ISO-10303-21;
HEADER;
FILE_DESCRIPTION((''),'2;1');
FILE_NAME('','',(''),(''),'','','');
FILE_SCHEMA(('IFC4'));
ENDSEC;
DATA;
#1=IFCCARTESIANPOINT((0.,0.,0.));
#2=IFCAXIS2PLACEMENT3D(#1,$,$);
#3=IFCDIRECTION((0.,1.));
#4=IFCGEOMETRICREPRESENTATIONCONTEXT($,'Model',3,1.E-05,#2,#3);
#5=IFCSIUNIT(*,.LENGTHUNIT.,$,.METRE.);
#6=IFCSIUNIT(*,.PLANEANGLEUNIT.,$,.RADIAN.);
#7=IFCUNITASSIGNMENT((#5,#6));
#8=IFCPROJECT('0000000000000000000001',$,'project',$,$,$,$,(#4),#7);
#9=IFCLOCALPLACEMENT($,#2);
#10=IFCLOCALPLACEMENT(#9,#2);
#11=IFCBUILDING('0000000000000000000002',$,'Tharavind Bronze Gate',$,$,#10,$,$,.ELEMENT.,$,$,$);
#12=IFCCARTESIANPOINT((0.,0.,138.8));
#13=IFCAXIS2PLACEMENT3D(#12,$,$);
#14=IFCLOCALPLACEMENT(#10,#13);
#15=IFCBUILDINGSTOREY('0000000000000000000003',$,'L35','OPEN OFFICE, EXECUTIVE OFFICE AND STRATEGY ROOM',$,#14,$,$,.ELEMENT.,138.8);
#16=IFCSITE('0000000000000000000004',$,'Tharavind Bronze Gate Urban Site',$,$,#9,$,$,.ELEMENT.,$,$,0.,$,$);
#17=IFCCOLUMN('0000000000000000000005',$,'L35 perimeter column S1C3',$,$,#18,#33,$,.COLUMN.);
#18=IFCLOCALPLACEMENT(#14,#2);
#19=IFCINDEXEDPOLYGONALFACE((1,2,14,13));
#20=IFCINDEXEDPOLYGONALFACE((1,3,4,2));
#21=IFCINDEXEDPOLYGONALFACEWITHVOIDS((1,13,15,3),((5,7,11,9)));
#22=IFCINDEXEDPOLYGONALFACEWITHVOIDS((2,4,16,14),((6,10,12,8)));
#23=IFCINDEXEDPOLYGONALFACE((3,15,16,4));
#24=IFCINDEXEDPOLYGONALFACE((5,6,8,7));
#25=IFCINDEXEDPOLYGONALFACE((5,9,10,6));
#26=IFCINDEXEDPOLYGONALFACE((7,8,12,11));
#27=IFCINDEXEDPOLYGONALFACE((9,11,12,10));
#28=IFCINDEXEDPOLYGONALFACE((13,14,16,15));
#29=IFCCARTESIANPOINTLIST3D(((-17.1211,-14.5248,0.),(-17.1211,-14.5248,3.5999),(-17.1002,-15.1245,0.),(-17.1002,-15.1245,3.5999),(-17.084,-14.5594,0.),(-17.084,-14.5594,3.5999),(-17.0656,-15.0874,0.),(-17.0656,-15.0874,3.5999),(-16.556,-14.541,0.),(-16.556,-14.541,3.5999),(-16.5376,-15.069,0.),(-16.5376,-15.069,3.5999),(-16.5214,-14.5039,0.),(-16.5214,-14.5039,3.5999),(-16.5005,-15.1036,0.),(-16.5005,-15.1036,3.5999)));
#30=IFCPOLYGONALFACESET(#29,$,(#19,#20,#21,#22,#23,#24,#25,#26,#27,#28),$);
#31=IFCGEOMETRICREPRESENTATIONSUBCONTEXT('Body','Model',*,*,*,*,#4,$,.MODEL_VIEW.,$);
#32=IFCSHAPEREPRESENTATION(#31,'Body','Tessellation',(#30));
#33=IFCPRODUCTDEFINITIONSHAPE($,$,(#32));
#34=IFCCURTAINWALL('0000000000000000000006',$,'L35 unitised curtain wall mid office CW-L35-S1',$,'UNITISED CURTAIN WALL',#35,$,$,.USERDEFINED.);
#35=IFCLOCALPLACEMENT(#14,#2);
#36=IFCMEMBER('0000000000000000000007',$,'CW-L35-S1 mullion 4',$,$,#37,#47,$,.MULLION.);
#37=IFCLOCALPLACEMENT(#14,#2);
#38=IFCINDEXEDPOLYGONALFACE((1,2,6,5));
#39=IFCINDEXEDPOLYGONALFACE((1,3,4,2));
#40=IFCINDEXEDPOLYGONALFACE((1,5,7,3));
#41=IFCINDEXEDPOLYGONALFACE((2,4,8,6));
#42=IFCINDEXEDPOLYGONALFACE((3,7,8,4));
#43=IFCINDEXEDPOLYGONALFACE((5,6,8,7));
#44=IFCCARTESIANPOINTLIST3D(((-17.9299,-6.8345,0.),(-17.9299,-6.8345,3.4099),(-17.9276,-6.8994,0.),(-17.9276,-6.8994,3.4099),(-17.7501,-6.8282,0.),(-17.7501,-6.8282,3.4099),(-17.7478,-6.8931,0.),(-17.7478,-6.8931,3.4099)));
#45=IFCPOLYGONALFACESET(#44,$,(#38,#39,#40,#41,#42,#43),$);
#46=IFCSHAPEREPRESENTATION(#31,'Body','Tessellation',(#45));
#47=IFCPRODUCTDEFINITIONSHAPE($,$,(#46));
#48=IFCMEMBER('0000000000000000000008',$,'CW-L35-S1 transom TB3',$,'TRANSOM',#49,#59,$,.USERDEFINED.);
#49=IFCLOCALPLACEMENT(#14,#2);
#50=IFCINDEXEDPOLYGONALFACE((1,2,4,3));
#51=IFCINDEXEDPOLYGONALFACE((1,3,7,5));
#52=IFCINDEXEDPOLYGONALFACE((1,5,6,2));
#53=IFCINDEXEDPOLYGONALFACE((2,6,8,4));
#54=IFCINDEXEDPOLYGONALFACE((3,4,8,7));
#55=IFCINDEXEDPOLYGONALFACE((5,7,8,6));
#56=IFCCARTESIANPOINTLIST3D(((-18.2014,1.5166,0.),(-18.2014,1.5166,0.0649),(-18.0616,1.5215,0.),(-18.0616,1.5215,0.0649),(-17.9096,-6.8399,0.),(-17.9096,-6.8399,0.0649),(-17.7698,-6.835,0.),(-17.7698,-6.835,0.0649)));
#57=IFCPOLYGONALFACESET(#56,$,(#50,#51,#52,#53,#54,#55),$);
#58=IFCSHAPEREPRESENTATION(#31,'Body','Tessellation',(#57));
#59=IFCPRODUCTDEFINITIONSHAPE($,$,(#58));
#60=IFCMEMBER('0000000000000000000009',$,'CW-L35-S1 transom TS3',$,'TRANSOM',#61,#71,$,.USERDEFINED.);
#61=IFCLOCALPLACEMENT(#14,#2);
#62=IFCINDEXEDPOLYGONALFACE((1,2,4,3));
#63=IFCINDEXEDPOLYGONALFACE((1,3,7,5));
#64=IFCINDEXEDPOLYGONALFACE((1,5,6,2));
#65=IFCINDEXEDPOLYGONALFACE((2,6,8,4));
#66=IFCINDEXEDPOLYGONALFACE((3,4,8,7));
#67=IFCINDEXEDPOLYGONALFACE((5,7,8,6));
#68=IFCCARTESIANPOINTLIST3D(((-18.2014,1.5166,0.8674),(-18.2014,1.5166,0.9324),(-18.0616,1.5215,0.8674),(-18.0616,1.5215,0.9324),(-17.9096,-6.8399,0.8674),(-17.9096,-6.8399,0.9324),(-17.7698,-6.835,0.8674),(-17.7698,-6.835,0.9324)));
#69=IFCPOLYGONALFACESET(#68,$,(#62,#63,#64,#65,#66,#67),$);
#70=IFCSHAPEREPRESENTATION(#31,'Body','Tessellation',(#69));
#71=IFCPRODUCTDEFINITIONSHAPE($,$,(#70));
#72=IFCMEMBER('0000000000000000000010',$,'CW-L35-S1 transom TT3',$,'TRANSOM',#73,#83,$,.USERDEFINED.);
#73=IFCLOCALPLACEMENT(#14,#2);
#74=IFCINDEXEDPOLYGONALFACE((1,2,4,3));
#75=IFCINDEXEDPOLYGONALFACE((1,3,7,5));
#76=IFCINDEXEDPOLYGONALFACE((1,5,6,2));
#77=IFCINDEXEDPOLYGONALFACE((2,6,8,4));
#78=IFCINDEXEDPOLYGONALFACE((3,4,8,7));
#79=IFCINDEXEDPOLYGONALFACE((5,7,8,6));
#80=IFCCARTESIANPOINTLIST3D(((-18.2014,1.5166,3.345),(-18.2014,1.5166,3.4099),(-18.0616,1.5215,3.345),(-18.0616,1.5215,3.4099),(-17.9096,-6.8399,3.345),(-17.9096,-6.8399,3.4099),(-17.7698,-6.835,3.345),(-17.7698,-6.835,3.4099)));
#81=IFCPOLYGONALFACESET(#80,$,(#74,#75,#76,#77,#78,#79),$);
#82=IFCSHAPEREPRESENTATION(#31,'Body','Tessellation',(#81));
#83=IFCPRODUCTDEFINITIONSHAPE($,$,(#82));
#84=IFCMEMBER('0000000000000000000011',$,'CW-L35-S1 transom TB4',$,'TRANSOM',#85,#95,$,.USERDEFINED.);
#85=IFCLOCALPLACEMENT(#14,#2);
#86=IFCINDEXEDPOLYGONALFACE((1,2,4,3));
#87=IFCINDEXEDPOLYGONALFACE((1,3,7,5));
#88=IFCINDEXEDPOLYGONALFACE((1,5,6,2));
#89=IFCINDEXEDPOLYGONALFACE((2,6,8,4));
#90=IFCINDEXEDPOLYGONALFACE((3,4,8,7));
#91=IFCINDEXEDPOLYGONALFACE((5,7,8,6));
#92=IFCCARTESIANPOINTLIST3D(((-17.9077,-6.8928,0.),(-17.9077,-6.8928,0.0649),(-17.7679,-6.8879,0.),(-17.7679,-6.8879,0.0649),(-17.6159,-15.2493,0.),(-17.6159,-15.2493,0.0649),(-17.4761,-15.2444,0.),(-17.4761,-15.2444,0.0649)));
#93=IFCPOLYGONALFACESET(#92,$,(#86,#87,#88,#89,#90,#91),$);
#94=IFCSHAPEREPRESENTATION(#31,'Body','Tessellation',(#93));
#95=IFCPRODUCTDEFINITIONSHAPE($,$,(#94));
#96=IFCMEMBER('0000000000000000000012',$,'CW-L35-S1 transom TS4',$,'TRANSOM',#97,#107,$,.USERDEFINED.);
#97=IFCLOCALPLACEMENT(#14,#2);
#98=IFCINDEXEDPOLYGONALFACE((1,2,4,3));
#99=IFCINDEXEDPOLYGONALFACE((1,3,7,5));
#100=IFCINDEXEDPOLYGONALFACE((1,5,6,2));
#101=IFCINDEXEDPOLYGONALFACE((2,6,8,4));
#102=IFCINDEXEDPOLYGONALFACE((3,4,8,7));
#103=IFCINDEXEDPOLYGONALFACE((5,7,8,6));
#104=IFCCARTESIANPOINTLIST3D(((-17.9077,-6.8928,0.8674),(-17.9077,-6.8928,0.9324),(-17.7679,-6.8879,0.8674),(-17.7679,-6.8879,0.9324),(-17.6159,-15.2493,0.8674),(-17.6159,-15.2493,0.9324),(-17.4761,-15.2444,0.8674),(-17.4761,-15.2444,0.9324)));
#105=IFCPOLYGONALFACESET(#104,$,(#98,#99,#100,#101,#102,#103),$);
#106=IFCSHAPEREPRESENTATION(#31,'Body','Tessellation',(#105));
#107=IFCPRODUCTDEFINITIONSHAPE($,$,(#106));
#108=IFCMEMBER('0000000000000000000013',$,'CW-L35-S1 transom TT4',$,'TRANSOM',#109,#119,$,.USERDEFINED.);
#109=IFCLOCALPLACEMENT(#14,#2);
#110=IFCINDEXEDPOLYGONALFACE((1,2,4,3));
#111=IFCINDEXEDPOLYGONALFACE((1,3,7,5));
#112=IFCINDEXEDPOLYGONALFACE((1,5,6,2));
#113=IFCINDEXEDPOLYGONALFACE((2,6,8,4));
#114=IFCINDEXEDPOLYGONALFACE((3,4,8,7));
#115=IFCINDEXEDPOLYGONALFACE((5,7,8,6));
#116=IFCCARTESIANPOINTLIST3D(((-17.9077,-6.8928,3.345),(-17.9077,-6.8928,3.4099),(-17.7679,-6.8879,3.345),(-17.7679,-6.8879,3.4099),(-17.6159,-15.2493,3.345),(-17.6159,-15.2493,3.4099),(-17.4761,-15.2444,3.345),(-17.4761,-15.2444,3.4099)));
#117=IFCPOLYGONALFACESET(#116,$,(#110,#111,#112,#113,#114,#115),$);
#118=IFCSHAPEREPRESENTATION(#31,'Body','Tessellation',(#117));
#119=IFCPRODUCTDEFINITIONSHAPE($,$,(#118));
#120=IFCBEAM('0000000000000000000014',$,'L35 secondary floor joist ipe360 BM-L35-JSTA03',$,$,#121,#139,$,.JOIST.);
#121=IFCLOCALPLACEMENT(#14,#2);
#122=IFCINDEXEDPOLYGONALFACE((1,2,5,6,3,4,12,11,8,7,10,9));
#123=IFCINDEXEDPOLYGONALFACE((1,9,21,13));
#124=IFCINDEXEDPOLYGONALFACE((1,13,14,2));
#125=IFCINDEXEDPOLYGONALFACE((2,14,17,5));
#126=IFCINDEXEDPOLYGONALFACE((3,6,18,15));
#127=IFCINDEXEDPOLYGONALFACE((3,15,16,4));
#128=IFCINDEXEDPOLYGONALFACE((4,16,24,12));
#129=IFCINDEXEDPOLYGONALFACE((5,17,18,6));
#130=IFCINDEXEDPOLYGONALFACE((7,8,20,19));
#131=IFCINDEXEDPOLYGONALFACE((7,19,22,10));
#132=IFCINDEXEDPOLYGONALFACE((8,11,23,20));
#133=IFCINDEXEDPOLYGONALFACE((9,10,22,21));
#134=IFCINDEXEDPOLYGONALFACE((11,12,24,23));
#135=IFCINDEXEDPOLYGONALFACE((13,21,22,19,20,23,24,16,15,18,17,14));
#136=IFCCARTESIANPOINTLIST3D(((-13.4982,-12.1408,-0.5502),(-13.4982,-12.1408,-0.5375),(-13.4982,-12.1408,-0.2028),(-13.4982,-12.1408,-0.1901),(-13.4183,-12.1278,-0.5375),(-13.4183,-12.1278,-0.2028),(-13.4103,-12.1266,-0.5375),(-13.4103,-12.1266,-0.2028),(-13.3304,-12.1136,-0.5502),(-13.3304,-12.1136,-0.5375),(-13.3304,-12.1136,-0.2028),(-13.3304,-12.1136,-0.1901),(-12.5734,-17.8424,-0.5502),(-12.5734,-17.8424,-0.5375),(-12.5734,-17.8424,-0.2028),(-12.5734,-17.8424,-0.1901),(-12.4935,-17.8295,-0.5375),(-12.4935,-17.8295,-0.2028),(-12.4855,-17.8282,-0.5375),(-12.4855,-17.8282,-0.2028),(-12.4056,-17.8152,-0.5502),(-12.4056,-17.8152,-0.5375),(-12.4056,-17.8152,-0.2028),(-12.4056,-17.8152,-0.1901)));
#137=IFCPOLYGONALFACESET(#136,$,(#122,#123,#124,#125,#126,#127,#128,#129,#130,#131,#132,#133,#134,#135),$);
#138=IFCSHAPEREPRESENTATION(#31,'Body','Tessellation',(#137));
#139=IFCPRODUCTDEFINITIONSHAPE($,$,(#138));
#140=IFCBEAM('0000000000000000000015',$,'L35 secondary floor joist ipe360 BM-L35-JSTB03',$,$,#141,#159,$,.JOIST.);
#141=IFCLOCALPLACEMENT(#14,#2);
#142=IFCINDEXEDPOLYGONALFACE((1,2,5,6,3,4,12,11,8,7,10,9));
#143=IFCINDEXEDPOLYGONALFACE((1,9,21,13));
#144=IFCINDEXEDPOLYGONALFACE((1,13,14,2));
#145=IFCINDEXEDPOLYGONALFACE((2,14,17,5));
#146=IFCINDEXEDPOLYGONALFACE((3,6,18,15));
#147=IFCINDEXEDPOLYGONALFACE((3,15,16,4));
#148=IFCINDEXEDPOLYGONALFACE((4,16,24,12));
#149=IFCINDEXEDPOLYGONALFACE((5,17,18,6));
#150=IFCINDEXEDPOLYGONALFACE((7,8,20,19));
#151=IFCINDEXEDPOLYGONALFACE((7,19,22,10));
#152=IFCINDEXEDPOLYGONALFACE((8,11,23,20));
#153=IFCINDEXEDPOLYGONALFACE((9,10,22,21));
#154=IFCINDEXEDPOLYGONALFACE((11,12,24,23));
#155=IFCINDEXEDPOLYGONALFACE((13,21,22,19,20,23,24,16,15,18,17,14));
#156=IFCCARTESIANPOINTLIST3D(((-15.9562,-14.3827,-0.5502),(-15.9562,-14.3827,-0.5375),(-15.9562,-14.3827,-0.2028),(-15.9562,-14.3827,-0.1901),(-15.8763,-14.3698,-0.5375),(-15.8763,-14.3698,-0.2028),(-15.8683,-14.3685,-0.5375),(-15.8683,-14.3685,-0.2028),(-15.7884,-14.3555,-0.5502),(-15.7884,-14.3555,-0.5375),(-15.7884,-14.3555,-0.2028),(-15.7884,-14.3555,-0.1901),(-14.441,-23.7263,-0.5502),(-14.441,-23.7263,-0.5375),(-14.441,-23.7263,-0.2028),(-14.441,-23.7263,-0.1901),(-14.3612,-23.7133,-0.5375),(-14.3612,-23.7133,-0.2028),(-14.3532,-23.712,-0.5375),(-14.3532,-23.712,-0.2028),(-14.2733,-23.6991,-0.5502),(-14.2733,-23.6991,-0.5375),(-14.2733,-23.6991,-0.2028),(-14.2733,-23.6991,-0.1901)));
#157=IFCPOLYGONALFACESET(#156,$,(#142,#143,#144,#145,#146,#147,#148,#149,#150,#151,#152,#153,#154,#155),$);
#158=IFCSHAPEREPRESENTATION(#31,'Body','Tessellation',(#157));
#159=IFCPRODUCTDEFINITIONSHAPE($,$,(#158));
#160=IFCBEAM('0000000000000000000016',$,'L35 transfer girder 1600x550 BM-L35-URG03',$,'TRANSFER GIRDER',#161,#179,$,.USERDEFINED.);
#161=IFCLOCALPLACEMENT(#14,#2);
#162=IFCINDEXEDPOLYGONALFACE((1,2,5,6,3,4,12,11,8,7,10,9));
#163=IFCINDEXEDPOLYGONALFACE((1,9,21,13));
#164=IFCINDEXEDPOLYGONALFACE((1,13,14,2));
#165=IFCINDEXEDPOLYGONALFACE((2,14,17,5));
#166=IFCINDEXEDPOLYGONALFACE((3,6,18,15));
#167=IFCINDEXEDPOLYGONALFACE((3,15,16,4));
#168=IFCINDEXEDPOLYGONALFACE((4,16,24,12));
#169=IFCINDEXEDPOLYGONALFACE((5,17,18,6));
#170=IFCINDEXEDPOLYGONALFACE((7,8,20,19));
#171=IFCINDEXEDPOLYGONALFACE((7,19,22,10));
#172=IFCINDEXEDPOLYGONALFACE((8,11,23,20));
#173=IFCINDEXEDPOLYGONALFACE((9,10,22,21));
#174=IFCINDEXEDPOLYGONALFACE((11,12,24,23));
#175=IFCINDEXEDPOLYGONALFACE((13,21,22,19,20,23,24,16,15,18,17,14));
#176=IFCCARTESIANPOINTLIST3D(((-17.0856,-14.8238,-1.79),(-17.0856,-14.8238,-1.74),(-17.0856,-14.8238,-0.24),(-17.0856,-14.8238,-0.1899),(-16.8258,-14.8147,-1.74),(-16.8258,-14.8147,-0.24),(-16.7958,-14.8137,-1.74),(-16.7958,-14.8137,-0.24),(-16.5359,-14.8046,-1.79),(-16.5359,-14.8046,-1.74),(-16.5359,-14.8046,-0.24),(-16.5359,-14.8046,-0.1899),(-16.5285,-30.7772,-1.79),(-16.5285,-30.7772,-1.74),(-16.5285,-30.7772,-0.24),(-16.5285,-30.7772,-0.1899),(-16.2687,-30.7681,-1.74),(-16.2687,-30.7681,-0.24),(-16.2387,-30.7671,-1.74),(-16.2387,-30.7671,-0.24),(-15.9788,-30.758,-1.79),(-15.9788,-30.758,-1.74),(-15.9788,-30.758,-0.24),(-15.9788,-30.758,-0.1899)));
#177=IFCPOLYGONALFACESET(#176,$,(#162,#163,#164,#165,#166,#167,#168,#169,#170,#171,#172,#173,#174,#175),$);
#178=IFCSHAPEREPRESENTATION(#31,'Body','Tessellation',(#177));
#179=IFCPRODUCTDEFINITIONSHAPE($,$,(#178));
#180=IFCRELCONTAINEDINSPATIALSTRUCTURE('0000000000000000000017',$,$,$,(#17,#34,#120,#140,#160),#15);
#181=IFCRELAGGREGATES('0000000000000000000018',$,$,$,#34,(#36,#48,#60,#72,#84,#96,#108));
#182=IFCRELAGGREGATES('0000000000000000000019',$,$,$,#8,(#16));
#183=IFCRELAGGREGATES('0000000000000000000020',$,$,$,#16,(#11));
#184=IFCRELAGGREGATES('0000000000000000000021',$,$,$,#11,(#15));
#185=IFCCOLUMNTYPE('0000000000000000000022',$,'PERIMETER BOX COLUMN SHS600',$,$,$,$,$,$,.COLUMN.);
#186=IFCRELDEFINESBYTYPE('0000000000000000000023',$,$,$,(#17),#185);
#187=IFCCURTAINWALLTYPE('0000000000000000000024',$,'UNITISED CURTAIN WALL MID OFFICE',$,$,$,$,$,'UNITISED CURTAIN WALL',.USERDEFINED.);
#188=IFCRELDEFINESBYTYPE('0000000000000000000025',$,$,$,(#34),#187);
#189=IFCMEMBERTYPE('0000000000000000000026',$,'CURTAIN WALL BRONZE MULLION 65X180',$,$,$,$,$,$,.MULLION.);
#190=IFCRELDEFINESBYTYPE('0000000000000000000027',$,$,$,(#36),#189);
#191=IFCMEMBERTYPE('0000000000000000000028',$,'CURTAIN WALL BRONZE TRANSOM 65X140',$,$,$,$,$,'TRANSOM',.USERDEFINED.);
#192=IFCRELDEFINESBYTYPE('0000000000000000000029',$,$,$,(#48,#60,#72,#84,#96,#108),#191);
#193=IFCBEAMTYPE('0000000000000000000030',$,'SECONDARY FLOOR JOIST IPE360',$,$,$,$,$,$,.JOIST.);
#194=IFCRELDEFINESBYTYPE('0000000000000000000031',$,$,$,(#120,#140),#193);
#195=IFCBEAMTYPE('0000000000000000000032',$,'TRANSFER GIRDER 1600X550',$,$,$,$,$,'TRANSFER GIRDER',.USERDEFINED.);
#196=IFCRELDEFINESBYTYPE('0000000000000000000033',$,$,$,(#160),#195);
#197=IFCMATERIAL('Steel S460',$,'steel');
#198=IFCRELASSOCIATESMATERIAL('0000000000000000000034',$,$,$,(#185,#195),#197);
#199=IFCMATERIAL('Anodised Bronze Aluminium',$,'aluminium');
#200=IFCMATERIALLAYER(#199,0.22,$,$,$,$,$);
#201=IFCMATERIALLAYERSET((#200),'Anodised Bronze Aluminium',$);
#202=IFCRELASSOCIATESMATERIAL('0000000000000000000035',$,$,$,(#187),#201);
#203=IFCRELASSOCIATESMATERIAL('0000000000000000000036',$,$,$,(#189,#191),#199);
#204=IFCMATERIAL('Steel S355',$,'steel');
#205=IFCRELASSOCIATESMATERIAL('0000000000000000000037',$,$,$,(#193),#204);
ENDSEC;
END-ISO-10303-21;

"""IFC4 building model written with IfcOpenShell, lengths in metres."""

from ifc_helpers import new_model, si_unit, direction, frame, origin, origin_2d, place, context, subcontext, project, spatial, rectangle, hollow_rectangle, i_section, extrude, material, layer, layer_set, material_profile, profile_set, type_object, element, aggregate, save


model = new_model("IFC4")

# Units and contexts
model_context = context("Model", 3, precision=1e-05, world=origin(), true_north=direction((0.0, 1.0)))
body_context = subcontext(model_context, "Body", "Model", "MODEL_VIEW")
ifc_project = project(units=[si_unit("LENGTHUNIT", "METRE"), si_unit("PLANEANGLEUNIT", "RADIAN")], contexts=[model_context])

# Site, building, storey
site_placement = place(None, origin())
site = spatial("IfcSite", under=ifc_project, at=site_placement, Name="Tharavind Bronze Gate Urban Site", CompositionType="ELEMENT", RefElevation=0.0)
building_placement = place(site_placement, origin())
building = spatial("IfcBuilding", under=site, at=building_placement, Name="Tharavind Bronze Gate", CompositionType="ELEMENT")
storey_placement = place(building_placement, frame((0.0, 0.0, 138.8)))
storey = spatial("IfcBuildingStorey", under=building, at=storey_placement, Name="L35", Description="OPEN OFFICE, EXECUTIVE OFFICE AND STRATEGY ROOM", CompositionType="ELEMENT", Elevation=138.8)

# Column
ifc_material_1 = material(Name="Steel S460", Category="steel")
ifc_material_profile_1 = material_profile(ifc_material_1, hollow_rectangle(XDim=0.6001, YDim=0.6001, WallThickness=0.0359, at=origin_2d()), Name="SHS600X36")
ifc_profile_set_1 = profile_set([ifc_material_profile_1], Name="Steel S460")
column_type = type_object("IfcColumnType", Name="PERIMETER BOX COLUMN SHS600", PredefinedType="COLUMN", material=ifc_profile_set_1)
column_placement = place(storey_placement, frame((-16.8108, -14.8142, 0.0), z_axis=(0.0, 0.0, 1.0), x_axis=(-0.034899, 0.999391, 0.0)))
element("IfcColumn", 1, at=column_placement, inside=storey, type_object=column_type, Name="L35 perimeter column S1C3", PredefinedType="COLUMN", context=body_context, shape_type="SweptSolid", body=[
    extrude(hollow_rectangle(XDim=0.6001, YDim=0.6001, WallThickness=0.0359, at=origin_2d()), origin(), (0.0, 0.0, 1.0), 3.5999),
])

# Curtain wall, members
ifc_material_2 = material(Name="Anodised Bronze Aluminium", Category="aluminium")
ifc_layer_1 = layer(ifc_material_2, 0.22)
ifc_layer_set_1 = layer_set([ifc_layer_1], Name="Anodised Bronze Aluminium")
curtain_wall_type = type_object("IfcCurtainWallType", Name="UNITISED CURTAIN WALL MID OFFICE", ElementType="UNITISED CURTAIN WALL", PredefinedType="USERDEFINED", material=ifc_layer_set_1)
curtain_wall_placement = place(storey_placement, origin())
curtain_wall = element("IfcCurtainWall", 2, at=curtain_wall_placement, inside=storey, type_object=curtain_wall_type, Name="L35 unitised curtain wall mid office CW-L35-S1", ObjectType="UNITISED CURTAIN WALL", PredefinedType="USERDEFINED")
member_type_1 = type_object("IfcMemberType", Name="CURTAIN WALL BRONZE MULLION 65X180", PredefinedType="MULLION", material=ifc_material_2)
member_1_placement = place(storey_placement, frame((-17.8389, -6.8638, 0.0), z_axis=(0.0, 0.0, 1.0), x_axis=(0.034899, -0.999391, 0.0)))
member_1 = element("IfcMember", 3, at=member_1_placement, type_object=member_type_1, Name="CW-L35-S1 mullion 4", PredefinedType="MULLION", context=body_context, shape_type="SweptSolid", body=[
    extrude(rectangle(XDim=0.0649, YDim=0.1799, at=origin_2d()), origin(), (0.0, 0.0, 1.0), 3.4099),
])
member_type_2 = type_object("IfcMemberType", Name="CURTAIN WALL BRONZE TRANSOM 65X140", ElementType="TRANSOM", PredefinedType="USERDEFINED", material=ifc_material_2)
member_2_placement = place(storey_placement, frame((-17.9856, -2.6592, 0.0), z_axis=(0.0, 0.0, 1.0), x_axis=(0.034899, -0.999391, 0.0)))
member_2 = element("IfcMember", 4, at=member_2_placement, type_object=member_type_2, Name="CW-L35-S1 transom TB3", ObjectType="TRANSOM", PredefinedType="USERDEFINED", context=body_context, shape_type="SweptSolid", body=[
    extrude(rectangle(XDim=8.3616, YDim=0.1399, at=origin_2d()), origin(), (0.0, 0.0, 1.0), 0.0649),
])
member_3_placement = place(storey_placement, frame((-17.9856, -2.6592, 0.8674), z_axis=(0.0, 0.0, 1.0), x_axis=(0.034899, -0.999391, 0.0)))
member_3 = element("IfcMember", 5, at=member_3_placement, type_object=member_type_2, Name="CW-L35-S1 transom TS3", ObjectType="TRANSOM", PredefinedType="USERDEFINED", context=body_context, shape_type="SweptSolid", body=[
    extrude(rectangle(XDim=8.3616, YDim=0.1399, at=origin_2d()), origin(), (0.0, 0.0, 1.0), 0.0649),
])
member_4_placement = place(storey_placement, frame((-17.9856, -2.6592, 3.345), z_axis=(0.0, 0.0, 1.0), x_axis=(0.034899, -0.999391, 0.0)))
member_4 = element("IfcMember", 6, at=member_4_placement, type_object=member_type_2, Name="CW-L35-S1 transom TT3", ObjectType="TRANSOM", PredefinedType="USERDEFINED", context=body_context, shape_type="SweptSolid", body=[
    extrude(rectangle(XDim=8.3616, YDim=0.1399, at=origin_2d()), origin(), (0.0, 0.0, 1.0), 0.0649),
])
member_5_placement = place(storey_placement, frame((-17.6919, -11.0686, 0.0), z_axis=(0.0, 0.0, 1.0), x_axis=(0.034899, -0.999391, 0.0)))
member_5 = element("IfcMember", 7, at=member_5_placement, type_object=member_type_2, Name="CW-L35-S1 transom TB4", ObjectType="TRANSOM", PredefinedType="USERDEFINED", context=body_context, shape_type="SweptSolid", body=[
    extrude(rectangle(XDim=8.3616, YDim=0.1399, at=origin_2d()), origin(), (0.0, 0.0, 1.0), 0.0649),
])
member_6_placement = place(storey_placement, frame((-17.6919, -11.0686, 0.8674), z_axis=(0.0, 0.0, 1.0), x_axis=(0.034899, -0.999391, 0.0)))
member_6 = element("IfcMember", 8, at=member_6_placement, type_object=member_type_2, Name="CW-L35-S1 transom TS4", ObjectType="TRANSOM", PredefinedType="USERDEFINED", context=body_context, shape_type="SweptSolid", body=[
    extrude(rectangle(XDim=8.3616, YDim=0.1399, at=origin_2d()), origin(), (0.0, 0.0, 1.0), 0.0649),
])
member_7_placement = place(storey_placement, frame((-17.6919, -11.0686, 3.345), z_axis=(0.0, 0.0, 1.0), x_axis=(0.034899, -0.999391, 0.0)))
member_7 = element("IfcMember", 9, at=member_7_placement, type_object=member_type_2, Name="CW-L35-S1 transom TT4", ObjectType="TRANSOM", PredefinedType="USERDEFINED", context=body_context, shape_type="SweptSolid", body=[
    extrude(rectangle(XDim=8.3616, YDim=0.1399, at=origin_2d()), origin(), (0.0, 0.0, 1.0), 0.0649),
])

# Beams
ifc_material_3 = material(Name="Steel S355", Category="steel")
ifc_material_profile_2 = material_profile(ifc_material_3, i_section(OverallWidth=0.1699, OverallDepth=0.3601, WebThickness=0.0081, FlangeThickness=0.0127, at=origin_2d()), Name="IPE360")
ifc_profile_set_2 = profile_set([ifc_material_profile_2], Name="Steel S355")
beam_type_1 = type_object("IfcBeamType", Name="SECONDARY FLOOR JOIST IPE360", PredefinedType="JOIST", material=ifc_profile_set_2)
beam_1_placement = place(storey_placement, frame((-13.4143, -12.1272, -0.3701), z_axis=(0.160107, -0.9871, 0.0), x_axis=(0.9871, 0.160107, 0.0)))
element("IfcBeam", 10, at=beam_1_placement, inside=storey, type_object=beam_type_1, Name="L35 secondary floor joist ipe360 BM-L35-JSTA03", PredefinedType="JOIST", context=body_context, shape_type="SweptSolid", body=[
    extrude(i_section(OverallWidth=0.1699, OverallDepth=0.3601, WebThickness=0.0081, FlangeThickness=0.0127, at=origin_2d()), origin(), (0.0, 0.0, 1.0), 5.7761),
])
beam_2_placement = place(storey_placement, frame((-15.8723, -14.3691, -0.3701), z_axis=(0.160068, -0.987106, 0.0), x_axis=(0.987106, 0.160068, 0.0)))
element("IfcBeam", 11, at=beam_2_placement, inside=storey, type_object=beam_type_1, Name="L35 secondary floor joist ipe360 BM-L35-JSTB03", PredefinedType="JOIST", context=body_context, shape_type="SweptSolid", body=[
    extrude(i_section(OverallWidth=0.1699, OverallDepth=0.3601, WebThickness=0.0081, FlangeThickness=0.0127, at=origin_2d()), origin(), (0.0, 0.0, 1.0), 9.4656),
])
ifc_material_profile_3 = material_profile(ifc_material_1, i_section(OverallWidth=0.55, OverallDepth=1.6001, WebThickness=0.03, FlangeThickness=0.05, at=origin_2d()), Name="PG1600X550")
ifc_profile_set_3 = profile_set([ifc_material_profile_3], Name="Steel S460")
beam_type_2 = type_object("IfcBeamType", Name="TRANSFER GIRDER 1600X550", ElementType="TRANSFER GIRDER", PredefinedType="USERDEFINED", material=ifc_profile_set_3)
beam_3_placement = place(storey_placement, frame((-16.8108, -14.8142, -0.99), z_axis=(0.034901, -0.999391, 0.0), x_axis=(0.999391, 0.034901, 0.0)))
element("IfcBeam", 12, at=beam_3_placement, inside=storey, type_object=beam_type_2, Name="L35 transfer girder 1600x550 BM-L35-URG03", ObjectType="TRANSFER GIRDER", PredefinedType="USERDEFINED", context=body_context, shape_type="SweptSolid", body=[
    extrude(i_section(OverallWidth=0.55, OverallDepth=1.6001, WebThickness=0.03, FlangeThickness=0.05, at=origin_2d()), origin(), (0.0, 0.0, 1.0), 15.9631),
])

aggregate(curtain_wall, [member_1, member_2, member_3, member_4, member_5, member_6, member_7])

save(model, "model.ifc")
